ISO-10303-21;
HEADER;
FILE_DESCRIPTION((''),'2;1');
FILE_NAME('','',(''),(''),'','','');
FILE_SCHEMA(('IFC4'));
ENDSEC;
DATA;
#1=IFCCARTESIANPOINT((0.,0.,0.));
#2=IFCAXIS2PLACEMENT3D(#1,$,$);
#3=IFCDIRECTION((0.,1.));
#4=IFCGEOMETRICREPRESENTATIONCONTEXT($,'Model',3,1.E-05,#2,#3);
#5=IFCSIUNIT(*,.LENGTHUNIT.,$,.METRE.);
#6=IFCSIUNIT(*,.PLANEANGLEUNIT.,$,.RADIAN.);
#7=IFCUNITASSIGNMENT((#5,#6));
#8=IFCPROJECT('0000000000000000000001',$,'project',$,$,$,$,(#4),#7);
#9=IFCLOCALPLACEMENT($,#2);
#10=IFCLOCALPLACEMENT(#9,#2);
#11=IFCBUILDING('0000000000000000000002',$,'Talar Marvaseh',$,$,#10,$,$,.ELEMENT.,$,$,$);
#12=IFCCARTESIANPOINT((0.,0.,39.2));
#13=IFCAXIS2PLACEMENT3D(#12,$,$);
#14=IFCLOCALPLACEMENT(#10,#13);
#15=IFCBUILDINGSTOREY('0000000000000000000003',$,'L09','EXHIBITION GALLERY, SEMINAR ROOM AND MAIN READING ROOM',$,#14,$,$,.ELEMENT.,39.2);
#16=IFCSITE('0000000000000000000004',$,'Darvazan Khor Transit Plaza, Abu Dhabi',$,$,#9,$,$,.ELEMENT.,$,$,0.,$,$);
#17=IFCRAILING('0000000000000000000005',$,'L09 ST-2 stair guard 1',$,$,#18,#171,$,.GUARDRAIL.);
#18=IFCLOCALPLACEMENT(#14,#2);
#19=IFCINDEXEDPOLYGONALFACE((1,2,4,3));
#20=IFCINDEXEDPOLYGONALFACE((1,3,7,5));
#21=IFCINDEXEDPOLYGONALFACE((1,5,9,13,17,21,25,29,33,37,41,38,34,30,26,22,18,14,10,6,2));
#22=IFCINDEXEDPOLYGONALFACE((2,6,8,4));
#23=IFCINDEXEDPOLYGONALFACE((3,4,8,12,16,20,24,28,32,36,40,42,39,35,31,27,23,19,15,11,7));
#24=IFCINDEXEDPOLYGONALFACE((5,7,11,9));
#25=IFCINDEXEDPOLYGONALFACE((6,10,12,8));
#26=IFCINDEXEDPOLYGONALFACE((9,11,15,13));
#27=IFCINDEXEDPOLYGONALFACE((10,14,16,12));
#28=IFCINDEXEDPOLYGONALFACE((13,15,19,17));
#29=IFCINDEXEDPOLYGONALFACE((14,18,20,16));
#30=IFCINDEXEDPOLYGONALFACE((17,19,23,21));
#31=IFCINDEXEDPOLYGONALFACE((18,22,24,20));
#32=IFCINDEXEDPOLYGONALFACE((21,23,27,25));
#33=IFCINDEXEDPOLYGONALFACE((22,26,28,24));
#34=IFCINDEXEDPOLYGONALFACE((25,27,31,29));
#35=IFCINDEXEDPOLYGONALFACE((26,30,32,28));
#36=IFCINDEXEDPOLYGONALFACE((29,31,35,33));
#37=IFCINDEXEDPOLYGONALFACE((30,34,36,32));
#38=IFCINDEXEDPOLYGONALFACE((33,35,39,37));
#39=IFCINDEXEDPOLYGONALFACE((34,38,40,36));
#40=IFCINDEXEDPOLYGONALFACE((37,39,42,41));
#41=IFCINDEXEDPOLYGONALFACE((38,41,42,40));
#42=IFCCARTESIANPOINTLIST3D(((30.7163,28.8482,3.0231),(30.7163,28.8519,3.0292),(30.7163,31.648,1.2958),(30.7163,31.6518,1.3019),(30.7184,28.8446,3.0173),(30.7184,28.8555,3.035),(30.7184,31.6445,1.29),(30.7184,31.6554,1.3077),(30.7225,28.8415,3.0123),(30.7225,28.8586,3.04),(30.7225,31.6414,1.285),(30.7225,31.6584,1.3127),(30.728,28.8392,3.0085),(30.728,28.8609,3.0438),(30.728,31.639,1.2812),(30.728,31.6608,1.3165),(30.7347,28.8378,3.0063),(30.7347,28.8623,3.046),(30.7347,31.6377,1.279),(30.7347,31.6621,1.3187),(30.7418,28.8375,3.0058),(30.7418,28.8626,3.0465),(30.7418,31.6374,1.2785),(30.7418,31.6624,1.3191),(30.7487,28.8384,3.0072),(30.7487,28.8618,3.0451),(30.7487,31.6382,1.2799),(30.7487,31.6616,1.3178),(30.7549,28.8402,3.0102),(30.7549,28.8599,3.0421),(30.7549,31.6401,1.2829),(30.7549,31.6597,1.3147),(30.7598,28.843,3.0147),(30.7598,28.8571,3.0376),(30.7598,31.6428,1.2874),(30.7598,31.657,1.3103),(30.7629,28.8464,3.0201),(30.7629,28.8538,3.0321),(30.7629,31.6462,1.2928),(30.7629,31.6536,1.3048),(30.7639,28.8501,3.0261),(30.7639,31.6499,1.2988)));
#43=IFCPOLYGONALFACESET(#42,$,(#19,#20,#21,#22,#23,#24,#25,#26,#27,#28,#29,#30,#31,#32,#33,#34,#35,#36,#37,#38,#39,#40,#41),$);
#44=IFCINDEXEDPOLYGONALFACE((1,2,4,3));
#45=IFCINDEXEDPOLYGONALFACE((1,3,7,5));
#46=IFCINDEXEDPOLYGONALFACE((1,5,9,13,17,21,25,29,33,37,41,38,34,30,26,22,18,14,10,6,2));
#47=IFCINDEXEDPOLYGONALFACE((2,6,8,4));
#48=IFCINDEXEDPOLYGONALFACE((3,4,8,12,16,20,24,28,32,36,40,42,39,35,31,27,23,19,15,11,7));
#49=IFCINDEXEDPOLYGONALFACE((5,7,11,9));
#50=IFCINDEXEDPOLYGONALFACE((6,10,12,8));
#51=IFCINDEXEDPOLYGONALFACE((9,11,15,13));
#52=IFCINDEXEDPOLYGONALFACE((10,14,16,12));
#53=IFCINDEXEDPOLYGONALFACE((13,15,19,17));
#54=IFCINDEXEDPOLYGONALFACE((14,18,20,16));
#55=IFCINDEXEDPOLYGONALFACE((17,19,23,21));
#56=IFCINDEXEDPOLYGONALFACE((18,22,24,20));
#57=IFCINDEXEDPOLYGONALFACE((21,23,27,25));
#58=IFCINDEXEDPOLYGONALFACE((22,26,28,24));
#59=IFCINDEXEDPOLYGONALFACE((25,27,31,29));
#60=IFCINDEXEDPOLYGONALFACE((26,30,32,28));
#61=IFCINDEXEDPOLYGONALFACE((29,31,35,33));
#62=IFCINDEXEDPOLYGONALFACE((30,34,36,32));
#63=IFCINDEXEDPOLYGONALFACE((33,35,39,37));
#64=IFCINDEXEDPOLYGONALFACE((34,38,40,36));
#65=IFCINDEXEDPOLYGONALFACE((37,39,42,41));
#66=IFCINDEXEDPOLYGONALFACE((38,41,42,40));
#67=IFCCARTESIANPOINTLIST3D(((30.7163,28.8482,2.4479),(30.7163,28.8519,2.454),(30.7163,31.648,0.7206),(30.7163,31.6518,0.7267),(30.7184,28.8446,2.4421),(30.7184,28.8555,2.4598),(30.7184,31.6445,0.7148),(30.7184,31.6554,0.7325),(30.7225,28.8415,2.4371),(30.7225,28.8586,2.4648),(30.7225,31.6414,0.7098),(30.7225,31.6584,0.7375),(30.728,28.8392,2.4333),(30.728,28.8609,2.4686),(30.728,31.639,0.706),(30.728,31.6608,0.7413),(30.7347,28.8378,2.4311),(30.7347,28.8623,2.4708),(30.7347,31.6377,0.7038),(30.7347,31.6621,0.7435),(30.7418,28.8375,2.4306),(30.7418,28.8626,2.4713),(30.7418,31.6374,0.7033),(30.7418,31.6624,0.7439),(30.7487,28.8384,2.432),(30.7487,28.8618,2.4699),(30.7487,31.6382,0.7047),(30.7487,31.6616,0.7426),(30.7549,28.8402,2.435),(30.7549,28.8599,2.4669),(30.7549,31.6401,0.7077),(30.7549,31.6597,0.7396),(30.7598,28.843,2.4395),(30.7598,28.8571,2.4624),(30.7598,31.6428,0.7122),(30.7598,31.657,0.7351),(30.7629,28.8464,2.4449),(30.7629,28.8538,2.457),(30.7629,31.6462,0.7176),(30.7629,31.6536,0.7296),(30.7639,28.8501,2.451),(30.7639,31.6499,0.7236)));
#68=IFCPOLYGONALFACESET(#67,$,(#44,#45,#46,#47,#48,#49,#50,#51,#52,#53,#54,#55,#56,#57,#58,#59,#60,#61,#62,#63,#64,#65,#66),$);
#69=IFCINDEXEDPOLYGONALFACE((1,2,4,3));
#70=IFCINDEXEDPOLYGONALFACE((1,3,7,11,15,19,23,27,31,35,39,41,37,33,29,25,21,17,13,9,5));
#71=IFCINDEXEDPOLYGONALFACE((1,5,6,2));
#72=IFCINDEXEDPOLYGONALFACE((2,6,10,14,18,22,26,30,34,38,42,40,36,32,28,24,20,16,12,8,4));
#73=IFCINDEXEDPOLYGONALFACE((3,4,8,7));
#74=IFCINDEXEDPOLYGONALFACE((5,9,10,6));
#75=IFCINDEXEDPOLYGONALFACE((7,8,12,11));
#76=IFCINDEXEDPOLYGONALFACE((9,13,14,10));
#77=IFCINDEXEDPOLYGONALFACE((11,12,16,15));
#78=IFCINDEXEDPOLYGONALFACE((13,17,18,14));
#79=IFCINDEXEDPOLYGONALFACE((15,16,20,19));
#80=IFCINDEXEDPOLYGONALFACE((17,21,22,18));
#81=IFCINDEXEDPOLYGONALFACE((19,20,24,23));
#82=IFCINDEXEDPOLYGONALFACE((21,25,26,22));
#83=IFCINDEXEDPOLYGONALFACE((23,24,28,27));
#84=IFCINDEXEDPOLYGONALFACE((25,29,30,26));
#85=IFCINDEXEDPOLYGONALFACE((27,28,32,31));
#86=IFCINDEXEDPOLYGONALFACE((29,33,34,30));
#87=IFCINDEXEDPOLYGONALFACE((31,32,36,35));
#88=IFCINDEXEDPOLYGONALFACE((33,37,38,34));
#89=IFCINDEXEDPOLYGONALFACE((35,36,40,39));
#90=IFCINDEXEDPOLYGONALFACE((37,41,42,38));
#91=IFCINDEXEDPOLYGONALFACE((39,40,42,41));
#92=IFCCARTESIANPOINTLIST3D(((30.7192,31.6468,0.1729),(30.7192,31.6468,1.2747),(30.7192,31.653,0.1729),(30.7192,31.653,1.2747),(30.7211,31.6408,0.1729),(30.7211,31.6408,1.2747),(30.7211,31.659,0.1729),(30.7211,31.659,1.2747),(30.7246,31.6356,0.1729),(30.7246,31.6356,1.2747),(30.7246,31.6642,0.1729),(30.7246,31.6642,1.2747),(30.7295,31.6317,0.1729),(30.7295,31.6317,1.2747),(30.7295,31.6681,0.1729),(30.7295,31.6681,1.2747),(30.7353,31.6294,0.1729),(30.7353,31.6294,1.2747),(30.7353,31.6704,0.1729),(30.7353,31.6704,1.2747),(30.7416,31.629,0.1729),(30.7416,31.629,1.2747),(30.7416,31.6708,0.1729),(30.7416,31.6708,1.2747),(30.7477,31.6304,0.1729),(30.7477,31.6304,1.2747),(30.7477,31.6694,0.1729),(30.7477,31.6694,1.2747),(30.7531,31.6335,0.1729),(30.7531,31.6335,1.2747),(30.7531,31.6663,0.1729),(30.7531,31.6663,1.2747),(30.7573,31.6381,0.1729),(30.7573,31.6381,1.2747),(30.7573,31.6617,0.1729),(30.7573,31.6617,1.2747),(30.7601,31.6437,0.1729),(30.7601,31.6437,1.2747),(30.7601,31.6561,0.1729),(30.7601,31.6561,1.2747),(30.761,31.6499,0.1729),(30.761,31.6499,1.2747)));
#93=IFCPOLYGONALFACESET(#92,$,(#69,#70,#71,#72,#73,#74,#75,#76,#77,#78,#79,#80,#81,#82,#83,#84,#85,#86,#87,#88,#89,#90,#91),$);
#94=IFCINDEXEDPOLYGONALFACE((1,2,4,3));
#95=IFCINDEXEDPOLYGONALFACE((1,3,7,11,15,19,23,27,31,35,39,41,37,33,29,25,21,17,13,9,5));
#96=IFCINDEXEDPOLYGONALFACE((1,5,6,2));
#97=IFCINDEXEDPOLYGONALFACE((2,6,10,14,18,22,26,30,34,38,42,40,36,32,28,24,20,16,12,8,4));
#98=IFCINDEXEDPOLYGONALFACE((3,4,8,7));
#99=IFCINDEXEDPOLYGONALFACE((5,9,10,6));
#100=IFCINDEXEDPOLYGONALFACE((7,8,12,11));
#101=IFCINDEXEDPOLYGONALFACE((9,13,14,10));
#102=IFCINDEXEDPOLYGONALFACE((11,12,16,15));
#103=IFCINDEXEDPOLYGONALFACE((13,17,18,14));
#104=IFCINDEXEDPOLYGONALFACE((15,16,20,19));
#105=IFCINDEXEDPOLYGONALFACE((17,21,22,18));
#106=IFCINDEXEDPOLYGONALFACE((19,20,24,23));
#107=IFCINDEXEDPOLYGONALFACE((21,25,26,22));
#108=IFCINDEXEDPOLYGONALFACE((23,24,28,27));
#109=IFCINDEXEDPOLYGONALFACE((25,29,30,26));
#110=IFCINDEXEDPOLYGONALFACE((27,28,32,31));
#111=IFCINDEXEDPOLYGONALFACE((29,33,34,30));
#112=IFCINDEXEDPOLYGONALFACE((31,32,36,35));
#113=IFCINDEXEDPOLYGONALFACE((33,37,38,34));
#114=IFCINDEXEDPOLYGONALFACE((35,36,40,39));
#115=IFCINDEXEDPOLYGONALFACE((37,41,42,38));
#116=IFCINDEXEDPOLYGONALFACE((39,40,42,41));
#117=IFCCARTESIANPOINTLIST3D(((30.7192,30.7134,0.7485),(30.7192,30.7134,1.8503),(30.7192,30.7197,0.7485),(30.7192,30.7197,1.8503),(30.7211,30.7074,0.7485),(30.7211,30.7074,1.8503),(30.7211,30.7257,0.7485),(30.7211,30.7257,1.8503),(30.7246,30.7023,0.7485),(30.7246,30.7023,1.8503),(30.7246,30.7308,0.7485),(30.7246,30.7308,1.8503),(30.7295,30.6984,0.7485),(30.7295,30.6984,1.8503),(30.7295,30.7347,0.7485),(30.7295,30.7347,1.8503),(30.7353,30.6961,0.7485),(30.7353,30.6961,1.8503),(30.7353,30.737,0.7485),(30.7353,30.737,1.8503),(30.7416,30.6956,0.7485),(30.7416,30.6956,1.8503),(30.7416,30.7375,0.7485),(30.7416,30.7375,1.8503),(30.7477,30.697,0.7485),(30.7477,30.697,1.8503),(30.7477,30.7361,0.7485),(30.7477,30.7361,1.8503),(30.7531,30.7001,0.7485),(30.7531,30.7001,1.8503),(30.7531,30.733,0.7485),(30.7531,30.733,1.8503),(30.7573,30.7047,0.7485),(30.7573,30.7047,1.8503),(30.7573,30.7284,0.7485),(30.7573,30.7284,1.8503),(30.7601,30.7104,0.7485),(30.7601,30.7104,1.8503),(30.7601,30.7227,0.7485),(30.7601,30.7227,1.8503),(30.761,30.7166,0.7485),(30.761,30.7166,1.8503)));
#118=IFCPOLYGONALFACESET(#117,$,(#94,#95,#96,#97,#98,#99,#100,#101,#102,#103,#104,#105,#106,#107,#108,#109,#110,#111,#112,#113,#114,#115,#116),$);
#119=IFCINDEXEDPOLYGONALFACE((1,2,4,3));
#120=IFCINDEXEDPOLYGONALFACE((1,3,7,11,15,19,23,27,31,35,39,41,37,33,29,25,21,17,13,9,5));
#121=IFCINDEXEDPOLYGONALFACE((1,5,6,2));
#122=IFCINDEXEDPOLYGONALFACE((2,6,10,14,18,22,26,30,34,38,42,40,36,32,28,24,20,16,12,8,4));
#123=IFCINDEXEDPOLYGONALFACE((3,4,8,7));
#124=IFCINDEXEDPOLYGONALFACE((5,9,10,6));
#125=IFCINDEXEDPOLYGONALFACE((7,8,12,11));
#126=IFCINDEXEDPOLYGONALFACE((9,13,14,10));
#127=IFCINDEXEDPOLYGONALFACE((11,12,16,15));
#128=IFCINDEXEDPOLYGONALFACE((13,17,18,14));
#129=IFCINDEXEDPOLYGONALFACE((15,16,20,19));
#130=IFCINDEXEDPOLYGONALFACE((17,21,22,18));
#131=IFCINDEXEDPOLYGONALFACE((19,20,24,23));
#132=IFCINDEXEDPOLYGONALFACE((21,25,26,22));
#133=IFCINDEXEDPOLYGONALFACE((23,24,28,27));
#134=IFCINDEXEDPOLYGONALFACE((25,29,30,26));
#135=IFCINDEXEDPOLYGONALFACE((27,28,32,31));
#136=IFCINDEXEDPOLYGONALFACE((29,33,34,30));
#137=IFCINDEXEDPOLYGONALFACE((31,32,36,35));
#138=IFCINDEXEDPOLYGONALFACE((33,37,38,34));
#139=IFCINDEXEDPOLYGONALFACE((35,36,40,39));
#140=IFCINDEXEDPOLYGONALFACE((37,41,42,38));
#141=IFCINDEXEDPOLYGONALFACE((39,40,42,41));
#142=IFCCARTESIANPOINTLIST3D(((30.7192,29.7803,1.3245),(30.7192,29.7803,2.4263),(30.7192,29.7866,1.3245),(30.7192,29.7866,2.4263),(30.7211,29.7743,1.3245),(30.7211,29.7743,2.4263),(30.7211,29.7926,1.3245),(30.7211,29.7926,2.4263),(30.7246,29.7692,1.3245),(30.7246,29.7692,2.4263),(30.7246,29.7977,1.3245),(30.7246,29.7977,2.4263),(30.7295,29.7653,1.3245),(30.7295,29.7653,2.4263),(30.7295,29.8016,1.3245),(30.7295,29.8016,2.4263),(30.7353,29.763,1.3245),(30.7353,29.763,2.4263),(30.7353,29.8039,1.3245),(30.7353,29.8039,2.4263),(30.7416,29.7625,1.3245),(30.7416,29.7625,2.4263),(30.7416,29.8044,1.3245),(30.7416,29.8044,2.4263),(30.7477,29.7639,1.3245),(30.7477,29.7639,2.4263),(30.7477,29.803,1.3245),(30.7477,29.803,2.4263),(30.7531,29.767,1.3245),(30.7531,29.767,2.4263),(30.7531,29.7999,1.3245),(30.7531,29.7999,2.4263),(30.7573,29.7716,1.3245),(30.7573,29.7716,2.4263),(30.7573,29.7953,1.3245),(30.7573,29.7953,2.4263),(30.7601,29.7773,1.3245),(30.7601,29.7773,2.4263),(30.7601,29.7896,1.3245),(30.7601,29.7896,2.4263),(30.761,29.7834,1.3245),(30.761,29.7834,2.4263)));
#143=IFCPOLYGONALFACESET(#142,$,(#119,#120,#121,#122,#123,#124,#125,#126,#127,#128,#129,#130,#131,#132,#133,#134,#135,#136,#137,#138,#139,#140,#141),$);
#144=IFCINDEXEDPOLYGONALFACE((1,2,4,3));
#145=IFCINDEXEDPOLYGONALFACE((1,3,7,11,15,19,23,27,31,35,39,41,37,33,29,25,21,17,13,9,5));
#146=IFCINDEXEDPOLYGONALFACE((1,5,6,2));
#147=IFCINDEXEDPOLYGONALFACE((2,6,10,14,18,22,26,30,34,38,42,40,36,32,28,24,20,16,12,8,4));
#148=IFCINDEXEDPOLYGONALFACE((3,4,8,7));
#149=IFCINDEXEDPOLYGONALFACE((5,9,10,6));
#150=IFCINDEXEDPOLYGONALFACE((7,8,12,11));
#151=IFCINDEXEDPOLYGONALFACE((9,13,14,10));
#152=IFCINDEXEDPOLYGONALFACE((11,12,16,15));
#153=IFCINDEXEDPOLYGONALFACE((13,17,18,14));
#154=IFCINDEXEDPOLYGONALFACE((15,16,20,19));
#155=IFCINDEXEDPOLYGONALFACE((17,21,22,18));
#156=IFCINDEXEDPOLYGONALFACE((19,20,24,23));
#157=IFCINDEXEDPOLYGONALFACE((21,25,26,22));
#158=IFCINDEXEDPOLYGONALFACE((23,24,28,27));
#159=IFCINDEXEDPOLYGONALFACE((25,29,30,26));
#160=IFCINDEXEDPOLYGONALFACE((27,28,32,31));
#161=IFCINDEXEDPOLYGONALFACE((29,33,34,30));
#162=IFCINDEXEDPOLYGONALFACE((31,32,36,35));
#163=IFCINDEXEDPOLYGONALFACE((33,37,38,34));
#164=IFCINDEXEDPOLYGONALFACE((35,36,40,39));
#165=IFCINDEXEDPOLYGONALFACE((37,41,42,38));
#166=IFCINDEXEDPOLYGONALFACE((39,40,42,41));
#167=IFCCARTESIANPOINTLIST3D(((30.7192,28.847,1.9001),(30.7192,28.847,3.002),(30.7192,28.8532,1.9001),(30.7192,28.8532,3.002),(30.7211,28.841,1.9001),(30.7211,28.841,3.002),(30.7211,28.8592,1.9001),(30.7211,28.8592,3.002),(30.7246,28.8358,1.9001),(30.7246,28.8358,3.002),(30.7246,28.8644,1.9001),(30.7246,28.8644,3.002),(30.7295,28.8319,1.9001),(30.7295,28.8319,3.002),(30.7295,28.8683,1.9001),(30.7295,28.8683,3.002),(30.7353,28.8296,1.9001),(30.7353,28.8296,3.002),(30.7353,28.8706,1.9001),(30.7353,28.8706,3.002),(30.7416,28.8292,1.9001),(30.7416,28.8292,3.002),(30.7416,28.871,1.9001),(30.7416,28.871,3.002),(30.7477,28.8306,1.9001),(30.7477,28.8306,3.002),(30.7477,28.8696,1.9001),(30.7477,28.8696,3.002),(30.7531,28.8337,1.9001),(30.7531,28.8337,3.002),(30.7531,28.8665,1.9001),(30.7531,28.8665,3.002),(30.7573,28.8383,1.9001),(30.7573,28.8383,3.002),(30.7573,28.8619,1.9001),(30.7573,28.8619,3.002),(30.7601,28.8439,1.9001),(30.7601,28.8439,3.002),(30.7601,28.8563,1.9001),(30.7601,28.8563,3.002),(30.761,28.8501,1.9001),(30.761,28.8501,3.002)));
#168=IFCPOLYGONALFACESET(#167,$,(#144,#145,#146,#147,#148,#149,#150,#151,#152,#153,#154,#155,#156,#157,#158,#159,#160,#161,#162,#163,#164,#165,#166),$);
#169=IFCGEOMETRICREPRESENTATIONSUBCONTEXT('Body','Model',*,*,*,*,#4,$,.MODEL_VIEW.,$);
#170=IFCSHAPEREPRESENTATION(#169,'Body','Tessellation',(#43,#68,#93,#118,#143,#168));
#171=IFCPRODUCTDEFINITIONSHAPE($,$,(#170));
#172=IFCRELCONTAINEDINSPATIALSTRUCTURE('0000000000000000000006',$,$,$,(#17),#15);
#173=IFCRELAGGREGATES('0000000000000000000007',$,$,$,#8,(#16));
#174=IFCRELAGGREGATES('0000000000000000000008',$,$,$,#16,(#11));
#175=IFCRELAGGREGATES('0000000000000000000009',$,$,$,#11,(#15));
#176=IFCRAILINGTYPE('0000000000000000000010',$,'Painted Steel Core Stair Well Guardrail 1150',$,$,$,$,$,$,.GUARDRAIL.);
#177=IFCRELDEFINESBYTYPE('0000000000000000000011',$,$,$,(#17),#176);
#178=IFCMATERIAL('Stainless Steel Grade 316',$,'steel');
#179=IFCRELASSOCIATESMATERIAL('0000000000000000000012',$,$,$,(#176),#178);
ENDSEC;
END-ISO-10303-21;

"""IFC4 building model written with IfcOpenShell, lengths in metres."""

from ifc_helpers import new_model, si_unit, direction, frame, origin, origin_2d, place, context, subcontext, project, spatial, circle, extrude, material, type_object, element, save


model = new_model("IFC4")

# Units and contexts
model_context = context("Model", 3, precision=1e-05, world=origin(), true_north=direction((0.0, 1.0)))
body_context = subcontext(model_context, "Body", "Model", "MODEL_VIEW")
ifc_project = project(units=[si_unit("LENGTHUNIT", "METRE"), si_unit("PLANEANGLEUNIT", "RADIAN")], contexts=[model_context])

# Site, building, storey
site_placement = place(None, origin())
site = spatial("IfcSite", under=ifc_project, at=site_placement, Name="Darvazan Khor Transit Plaza, Abu Dhabi", CompositionType="ELEMENT", RefElevation=0.0)
building_placement = place(site_placement, origin())
building = spatial("IfcBuilding", under=site, at=building_placement, Name="Talar Marvaseh", CompositionType="ELEMENT")
storey_placement = place(building_placement, frame((0.0, 0.0, 39.2)))
storey = spatial("IfcBuildingStorey", under=building, at=storey_placement, Name="L09", Description="EXHIBITION GALLERY, SEMINAR ROOM AND MAIN READING ROOM", CompositionType="ELEMENT", Elevation=39.2)

# Railing
ifc_material_1 = material(Name="Stainless Steel Grade 316", Category="steel")
railing_type_1 = type_object("IfcRailingType", Name="Painted Steel Core Stair Well Guardrail 1150", PredefinedType="GUARDRAIL", material=ifc_material_1)
railing_1_placement = place(storey_placement, frame((30.74, 31.6499, 0.1729)))
element("IfcRailing", 1, at=railing_1_placement, inside=storey, type_object=railing_type_1, Name="L09 ST-2 stair guard 1", PredefinedType="GUARDRAIL", context=body_context, shape_type="SweptSolid", body=[
    extrude(circle(Radius=0.0239, at=origin_2d()), frame((0.0, 0.0, 1.126), z_axis=(0.0, -0.851069, 0.525054), x_axis=(1.0, 0.0, 0.0)), (0.0, 0.0, 1.0), 3.2898),
    extrude(circle(Radius=0.0239, at=origin_2d()), frame((0.0, 0.0, 0.5508), z_axis=(0.0, -0.851069, 0.525054), x_axis=(1.0, 0.0, 0.0)), (0.0, 0.0, 1.0), 3.2898),
    extrude(circle(Radius=0.021, at=origin_2d()), origin(), (0.0, 0.0, 1.0), 1.1018),
    extrude(circle(Radius=0.021, at=origin_2d()), frame((0.0, -0.9333, 0.5757)), (0.0, 0.0, 1.0), 1.1018),
    extrude(circle(Radius=0.021, at=origin_2d()), frame((0.0, -1.8665, 1.1516)), (0.0, 0.0, 1.0), 1.1018),
    extrude(circle(Radius=0.021, at=origin_2d()), frame((0.0, -2.7998, 1.7273)), (0.0, 0.0, 1.0), 1.1018),
])

save(model, "model.ifc")
